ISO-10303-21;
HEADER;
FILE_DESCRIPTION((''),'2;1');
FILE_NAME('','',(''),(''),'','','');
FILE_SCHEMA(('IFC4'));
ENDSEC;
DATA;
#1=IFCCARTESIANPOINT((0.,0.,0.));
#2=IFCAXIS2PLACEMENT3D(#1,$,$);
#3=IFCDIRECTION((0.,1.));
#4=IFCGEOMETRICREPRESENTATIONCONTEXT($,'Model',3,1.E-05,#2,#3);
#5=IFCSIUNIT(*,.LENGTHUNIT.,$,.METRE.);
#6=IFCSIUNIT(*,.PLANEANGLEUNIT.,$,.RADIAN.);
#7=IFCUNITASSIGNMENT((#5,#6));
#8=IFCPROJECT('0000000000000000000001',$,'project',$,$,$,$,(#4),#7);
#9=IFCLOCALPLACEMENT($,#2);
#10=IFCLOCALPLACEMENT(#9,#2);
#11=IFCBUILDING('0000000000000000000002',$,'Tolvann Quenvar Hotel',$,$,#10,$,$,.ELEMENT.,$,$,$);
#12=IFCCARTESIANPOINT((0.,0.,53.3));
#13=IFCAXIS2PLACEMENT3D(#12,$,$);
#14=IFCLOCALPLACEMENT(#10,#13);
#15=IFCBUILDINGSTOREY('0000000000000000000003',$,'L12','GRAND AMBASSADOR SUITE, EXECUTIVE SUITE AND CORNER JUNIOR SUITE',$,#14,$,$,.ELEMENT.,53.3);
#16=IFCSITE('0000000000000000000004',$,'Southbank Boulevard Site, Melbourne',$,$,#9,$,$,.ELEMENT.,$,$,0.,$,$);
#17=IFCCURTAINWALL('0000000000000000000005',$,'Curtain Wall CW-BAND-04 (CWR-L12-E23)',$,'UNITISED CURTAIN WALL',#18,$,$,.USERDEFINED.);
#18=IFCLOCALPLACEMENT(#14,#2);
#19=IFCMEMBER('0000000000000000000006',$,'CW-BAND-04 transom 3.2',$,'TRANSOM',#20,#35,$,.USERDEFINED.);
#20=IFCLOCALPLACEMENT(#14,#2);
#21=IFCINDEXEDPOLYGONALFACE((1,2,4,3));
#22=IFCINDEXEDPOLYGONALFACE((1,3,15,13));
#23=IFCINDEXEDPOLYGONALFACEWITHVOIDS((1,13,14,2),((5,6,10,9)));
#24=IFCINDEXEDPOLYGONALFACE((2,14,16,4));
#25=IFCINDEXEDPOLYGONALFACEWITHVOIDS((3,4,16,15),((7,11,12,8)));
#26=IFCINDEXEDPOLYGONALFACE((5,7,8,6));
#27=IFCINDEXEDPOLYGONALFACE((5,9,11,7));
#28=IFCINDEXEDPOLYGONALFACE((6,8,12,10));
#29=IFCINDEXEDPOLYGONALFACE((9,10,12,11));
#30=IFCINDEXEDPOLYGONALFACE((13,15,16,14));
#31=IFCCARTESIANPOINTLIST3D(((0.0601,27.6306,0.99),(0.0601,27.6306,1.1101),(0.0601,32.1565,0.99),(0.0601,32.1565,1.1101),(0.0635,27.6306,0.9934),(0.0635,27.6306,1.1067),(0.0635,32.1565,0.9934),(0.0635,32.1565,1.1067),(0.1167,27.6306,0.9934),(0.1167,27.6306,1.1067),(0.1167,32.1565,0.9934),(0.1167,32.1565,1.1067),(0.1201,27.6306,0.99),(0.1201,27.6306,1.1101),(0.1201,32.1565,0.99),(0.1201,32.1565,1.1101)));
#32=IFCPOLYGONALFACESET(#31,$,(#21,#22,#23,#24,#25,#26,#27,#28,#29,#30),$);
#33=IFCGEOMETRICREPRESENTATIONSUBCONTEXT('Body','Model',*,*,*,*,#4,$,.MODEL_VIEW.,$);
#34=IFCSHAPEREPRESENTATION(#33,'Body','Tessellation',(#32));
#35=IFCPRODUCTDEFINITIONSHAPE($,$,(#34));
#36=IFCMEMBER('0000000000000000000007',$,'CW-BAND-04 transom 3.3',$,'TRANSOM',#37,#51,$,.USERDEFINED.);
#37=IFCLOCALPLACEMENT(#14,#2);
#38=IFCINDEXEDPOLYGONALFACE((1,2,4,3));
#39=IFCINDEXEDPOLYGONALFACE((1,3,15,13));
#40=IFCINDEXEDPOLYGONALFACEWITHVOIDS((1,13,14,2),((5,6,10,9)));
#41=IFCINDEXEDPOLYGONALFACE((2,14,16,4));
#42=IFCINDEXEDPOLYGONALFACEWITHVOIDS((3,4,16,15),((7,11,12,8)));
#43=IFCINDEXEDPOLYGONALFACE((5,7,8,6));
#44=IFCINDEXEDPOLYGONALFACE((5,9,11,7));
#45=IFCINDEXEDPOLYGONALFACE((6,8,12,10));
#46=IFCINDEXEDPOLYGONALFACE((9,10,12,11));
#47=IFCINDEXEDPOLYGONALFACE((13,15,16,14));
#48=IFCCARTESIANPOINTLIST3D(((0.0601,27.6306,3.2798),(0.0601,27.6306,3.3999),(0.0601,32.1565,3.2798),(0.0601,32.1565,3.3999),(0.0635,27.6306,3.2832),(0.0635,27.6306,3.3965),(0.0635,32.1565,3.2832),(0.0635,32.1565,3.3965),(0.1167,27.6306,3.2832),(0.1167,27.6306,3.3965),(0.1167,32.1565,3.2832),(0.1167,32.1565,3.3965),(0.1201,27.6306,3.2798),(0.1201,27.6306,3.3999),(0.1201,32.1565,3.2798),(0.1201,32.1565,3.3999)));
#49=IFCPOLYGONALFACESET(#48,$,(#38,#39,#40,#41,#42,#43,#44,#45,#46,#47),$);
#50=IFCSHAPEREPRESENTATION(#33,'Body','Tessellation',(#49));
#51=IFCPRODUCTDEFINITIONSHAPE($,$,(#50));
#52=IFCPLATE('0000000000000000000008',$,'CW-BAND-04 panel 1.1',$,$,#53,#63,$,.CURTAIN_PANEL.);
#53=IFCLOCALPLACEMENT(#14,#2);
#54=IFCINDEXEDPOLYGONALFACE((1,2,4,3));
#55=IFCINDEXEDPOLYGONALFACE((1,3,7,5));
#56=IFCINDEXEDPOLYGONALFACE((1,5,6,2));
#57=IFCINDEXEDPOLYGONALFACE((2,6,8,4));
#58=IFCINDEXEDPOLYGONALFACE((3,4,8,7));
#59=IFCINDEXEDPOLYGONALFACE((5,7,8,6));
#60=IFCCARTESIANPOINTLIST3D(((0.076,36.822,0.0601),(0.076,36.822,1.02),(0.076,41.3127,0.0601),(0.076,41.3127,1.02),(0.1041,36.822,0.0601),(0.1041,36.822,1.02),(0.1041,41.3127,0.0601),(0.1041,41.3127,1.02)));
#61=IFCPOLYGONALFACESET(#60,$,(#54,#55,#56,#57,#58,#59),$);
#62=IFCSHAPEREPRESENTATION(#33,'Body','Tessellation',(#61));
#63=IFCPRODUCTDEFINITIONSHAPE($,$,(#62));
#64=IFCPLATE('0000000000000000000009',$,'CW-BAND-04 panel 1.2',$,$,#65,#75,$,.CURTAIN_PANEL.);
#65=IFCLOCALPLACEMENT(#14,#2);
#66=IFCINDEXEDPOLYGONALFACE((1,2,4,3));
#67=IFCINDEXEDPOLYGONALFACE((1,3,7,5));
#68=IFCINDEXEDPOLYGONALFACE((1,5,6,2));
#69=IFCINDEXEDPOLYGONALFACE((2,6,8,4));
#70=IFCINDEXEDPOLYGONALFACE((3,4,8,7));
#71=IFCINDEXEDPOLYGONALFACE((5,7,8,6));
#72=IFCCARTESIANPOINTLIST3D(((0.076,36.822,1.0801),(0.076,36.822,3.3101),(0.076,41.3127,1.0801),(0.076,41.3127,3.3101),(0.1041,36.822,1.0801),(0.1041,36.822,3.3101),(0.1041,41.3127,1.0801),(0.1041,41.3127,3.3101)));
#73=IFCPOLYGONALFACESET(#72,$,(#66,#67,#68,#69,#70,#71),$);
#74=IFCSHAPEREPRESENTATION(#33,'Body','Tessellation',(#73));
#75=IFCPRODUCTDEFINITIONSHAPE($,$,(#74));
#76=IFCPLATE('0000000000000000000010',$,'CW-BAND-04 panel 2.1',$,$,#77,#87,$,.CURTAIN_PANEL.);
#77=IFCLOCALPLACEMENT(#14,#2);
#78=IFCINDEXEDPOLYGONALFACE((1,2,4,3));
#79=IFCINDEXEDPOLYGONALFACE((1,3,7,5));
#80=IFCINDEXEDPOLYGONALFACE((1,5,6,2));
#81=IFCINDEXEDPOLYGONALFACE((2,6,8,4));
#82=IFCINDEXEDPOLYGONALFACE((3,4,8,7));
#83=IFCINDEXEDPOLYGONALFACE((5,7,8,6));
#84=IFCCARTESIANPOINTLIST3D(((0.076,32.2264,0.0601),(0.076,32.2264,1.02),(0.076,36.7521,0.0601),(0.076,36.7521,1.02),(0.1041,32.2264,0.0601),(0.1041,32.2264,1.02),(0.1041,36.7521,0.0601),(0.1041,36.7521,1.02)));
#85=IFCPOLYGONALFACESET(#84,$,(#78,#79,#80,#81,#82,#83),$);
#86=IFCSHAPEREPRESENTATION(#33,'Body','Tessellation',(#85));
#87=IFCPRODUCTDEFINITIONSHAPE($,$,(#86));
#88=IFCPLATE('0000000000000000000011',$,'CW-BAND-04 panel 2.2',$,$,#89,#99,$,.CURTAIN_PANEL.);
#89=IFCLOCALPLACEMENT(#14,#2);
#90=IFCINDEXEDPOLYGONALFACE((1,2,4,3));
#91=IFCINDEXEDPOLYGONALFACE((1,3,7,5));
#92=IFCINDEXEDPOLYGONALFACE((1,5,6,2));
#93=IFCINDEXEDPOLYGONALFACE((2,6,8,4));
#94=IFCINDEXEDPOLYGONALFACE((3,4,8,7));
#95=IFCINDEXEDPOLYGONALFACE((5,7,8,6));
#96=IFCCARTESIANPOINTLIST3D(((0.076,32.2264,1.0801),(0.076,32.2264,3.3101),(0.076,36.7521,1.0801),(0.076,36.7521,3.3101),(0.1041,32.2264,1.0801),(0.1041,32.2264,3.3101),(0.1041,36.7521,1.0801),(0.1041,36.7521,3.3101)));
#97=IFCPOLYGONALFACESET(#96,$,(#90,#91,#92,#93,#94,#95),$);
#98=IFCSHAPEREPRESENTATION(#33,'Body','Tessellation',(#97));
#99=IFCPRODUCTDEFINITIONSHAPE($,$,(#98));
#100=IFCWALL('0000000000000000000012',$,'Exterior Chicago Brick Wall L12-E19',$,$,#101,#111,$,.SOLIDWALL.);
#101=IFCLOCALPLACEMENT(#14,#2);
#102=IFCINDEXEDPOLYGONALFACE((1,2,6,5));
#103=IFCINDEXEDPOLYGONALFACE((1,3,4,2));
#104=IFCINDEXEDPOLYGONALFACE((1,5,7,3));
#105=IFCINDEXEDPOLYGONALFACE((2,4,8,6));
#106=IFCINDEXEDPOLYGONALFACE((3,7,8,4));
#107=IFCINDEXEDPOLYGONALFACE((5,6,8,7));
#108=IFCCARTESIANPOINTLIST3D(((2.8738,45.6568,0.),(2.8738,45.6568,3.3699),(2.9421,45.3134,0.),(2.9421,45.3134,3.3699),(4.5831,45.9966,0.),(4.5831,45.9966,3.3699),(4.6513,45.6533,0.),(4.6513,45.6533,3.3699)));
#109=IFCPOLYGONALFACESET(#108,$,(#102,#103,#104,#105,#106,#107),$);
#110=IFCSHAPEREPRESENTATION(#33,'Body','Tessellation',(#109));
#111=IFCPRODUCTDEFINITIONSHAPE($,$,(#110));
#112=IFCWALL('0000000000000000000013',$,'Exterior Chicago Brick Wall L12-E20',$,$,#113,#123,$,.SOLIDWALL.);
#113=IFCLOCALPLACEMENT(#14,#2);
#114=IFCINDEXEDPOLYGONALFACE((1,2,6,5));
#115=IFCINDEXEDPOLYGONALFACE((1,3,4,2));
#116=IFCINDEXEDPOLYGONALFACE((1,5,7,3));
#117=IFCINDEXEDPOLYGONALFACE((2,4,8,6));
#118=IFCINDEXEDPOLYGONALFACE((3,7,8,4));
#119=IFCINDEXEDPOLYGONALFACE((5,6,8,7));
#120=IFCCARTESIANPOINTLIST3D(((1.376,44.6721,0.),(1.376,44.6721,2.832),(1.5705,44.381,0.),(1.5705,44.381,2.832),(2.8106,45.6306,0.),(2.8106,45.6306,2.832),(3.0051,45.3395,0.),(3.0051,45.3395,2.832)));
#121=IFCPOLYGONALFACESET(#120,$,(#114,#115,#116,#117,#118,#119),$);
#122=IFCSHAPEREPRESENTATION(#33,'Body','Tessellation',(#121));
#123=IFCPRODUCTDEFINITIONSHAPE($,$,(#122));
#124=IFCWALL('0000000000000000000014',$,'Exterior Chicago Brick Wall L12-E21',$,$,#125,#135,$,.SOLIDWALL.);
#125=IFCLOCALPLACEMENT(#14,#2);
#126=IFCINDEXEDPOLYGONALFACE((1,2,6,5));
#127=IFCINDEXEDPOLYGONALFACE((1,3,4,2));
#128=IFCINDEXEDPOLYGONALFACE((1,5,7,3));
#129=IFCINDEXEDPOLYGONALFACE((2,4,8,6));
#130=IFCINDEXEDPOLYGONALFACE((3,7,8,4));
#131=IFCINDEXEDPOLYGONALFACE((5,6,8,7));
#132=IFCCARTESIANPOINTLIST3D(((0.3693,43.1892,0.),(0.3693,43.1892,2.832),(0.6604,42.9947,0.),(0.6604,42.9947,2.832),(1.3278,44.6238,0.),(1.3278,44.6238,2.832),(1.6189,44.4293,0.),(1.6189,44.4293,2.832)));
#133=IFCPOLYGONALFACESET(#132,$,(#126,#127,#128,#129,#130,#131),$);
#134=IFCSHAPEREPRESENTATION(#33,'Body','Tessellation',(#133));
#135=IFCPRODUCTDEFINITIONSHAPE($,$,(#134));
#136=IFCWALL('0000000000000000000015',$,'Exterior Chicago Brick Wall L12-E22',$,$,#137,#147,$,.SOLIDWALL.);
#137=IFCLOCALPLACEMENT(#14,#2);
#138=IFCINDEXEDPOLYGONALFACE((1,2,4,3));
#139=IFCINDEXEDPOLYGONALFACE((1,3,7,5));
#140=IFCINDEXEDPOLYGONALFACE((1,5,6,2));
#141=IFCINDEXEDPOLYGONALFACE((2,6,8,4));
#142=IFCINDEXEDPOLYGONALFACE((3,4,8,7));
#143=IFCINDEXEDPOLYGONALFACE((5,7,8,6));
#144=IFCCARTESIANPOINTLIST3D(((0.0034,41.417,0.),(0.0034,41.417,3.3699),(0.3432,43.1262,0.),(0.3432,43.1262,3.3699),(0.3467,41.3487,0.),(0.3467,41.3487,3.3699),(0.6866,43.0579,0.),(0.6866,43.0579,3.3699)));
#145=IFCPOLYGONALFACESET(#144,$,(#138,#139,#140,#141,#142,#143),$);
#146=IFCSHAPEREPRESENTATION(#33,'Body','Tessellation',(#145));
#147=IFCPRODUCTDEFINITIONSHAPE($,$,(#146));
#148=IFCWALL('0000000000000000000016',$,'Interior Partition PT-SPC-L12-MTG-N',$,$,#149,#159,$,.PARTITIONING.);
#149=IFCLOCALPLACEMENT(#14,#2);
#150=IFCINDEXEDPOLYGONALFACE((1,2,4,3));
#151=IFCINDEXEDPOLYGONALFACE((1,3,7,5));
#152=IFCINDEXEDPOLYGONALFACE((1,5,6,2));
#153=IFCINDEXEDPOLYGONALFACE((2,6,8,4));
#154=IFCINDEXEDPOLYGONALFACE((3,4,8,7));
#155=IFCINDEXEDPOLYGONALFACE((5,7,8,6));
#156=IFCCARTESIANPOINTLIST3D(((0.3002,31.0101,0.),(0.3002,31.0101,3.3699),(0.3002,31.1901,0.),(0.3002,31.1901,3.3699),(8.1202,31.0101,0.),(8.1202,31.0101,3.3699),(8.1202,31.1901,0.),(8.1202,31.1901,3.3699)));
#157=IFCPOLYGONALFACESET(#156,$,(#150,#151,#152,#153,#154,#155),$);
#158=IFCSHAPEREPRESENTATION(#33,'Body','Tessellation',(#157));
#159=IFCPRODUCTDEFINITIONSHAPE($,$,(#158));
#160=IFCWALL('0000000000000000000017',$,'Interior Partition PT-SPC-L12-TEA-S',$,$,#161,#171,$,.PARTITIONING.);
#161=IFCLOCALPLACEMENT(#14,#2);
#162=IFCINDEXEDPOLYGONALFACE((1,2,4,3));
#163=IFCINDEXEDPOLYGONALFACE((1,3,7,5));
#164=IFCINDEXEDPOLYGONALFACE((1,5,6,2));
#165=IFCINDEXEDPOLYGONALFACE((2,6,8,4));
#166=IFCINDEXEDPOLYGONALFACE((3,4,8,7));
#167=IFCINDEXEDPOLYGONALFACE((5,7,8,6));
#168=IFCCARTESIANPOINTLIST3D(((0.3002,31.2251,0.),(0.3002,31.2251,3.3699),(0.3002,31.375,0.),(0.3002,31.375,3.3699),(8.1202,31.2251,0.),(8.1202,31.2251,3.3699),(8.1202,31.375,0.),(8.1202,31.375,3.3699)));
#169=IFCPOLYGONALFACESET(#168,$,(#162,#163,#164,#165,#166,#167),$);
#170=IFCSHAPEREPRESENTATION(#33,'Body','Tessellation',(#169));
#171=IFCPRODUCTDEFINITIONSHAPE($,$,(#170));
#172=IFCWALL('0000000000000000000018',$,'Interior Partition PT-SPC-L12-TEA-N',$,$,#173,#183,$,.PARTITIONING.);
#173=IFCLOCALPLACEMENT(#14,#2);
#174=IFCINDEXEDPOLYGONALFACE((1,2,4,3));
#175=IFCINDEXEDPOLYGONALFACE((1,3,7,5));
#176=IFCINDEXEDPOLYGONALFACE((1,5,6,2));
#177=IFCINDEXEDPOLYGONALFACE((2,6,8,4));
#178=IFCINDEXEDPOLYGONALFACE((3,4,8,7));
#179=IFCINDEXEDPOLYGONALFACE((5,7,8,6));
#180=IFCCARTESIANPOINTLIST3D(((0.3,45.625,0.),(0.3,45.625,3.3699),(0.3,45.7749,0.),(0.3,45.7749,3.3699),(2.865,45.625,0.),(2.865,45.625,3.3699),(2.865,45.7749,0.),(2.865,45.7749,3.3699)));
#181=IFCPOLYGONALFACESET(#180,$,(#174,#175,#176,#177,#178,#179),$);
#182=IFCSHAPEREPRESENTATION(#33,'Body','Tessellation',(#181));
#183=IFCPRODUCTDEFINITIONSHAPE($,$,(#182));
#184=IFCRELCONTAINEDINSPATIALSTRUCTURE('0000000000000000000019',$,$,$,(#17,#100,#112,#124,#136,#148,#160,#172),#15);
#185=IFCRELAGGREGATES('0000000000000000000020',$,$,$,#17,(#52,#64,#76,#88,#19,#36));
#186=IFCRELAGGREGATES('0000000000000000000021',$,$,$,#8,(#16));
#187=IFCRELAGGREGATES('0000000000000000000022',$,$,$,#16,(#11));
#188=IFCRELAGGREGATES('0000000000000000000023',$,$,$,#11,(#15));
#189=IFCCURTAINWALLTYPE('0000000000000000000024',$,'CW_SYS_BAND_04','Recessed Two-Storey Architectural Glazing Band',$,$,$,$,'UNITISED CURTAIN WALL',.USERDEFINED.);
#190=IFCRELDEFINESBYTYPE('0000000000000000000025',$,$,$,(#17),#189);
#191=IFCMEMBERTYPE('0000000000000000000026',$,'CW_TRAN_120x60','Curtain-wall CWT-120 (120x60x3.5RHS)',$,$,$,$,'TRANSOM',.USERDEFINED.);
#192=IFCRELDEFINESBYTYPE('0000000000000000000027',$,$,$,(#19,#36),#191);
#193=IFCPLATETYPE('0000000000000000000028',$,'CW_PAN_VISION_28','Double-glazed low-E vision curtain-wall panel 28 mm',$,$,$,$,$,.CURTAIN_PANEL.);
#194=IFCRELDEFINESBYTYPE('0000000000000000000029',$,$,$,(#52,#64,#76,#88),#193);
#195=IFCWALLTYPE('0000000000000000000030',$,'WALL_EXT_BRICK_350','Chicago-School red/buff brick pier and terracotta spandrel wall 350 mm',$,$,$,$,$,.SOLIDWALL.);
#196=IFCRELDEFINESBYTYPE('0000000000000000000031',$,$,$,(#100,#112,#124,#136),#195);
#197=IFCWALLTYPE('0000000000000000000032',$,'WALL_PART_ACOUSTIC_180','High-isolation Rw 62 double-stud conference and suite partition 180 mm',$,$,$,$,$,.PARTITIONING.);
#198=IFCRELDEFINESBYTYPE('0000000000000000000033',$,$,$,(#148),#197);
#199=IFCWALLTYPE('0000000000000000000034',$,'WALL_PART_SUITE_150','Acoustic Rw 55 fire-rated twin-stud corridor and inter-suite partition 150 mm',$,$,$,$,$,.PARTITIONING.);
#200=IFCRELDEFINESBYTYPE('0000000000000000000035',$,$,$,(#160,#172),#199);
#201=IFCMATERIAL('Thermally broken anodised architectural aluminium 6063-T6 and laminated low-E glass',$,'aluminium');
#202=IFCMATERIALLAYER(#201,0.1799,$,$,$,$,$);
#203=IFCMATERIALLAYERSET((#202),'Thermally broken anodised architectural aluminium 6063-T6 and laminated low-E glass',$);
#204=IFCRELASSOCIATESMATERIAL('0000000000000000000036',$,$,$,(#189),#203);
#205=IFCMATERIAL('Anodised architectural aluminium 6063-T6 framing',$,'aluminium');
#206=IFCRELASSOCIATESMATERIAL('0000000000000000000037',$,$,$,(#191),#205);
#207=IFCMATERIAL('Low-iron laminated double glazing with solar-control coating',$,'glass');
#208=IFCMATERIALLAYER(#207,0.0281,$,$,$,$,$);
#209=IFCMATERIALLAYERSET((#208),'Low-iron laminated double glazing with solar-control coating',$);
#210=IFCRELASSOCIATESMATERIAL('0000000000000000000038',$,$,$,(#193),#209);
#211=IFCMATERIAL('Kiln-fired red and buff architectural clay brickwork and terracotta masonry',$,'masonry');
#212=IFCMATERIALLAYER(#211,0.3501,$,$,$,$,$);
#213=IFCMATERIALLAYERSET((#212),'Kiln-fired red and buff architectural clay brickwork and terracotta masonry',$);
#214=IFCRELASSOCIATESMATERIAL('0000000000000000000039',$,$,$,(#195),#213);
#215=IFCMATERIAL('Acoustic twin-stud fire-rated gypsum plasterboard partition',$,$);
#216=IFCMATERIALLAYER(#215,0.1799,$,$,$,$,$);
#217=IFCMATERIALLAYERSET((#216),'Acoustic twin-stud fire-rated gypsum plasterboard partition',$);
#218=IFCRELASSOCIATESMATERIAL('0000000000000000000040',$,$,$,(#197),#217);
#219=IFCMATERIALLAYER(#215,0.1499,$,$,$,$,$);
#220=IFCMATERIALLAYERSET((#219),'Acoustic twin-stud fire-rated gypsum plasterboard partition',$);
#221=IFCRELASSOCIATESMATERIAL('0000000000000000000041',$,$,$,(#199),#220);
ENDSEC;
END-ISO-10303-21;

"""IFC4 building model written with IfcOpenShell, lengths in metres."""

from ifc_helpers import new_model, si_unit, direction, frame, frame_2d, origin, origin_2d, place, context, subcontext, project, spatial, rectangle, hollow_rectangle, extrude, source, transform, mapped, material, layer, layer_set, material_profile, profile_set, type_object, type_shapes, element, aggregate, save


model = new_model("IFC4")

# Units and contexts
model_context = context("Model", 3, precision=1e-05, world=origin(), true_north=direction((0.0, 1.0)))
body_context = subcontext(model_context, "Body", "Model", "MODEL_VIEW")
ifc_project = project(units=[si_unit("LENGTHUNIT", "METRE"), si_unit("PLANEANGLEUNIT", "RADIAN")], contexts=[model_context])

# Site, building, storey
site_placement = place(None, origin())
site = spatial("IfcSite", under=ifc_project, at=site_placement, Name="Southbank Boulevard Site, Melbourne", CompositionType="ELEMENT", RefElevation=0.0)
building_placement = place(site_placement, origin())
building = spatial("IfcBuilding", under=site, at=building_placement, Name="Tolvann Quenvar Hotel", CompositionType="ELEMENT")
storey_placement = place(building_placement, frame((0.0, 0.0, 53.3)))
storey = spatial("IfcBuildingStorey", under=building, at=storey_placement, Name="L12", Description="GRAND AMBASSADOR SUITE, EXECUTIVE SUITE AND CORNER JUNIOR SUITE", CompositionType="ELEMENT", Elevation=53.3)

# Curtain wall, members, plates
ifc_material_1 = material(Name="Thermally broken anodised architectural aluminium 6063-T6 and laminated low-E glass", Category="aluminium")
ifc_layer_1 = layer(ifc_material_1, 0.1799)
ifc_layer_set_1 = layer_set([ifc_layer_1], Name="Thermally broken anodised architectural aluminium 6063-T6 and laminated low-E glass")
curtain_wall_type = type_object("IfcCurtainWallType", Name="CW_SYS_BAND_04", Description="Recessed Two-Storey Architectural Glazing Band", ElementType="UNITISED CURTAIN WALL", PredefinedType="USERDEFINED", material=ifc_layer_set_1)
curtain_wall_placement = place(storey_placement, origin())
curtain_wall = element("IfcCurtainWall", 1, at=curtain_wall_placement, inside=storey, type_object=curtain_wall_type, Name="Curtain Wall CW-BAND-04 (CWR-L12-E23)", ObjectType="UNITISED CURTAIN WALL", PredefinedType="USERDEFINED")
ifc_material_2 = material(Name="Anodised architectural aluminium 6063-T6 framing", Category="aluminium")
ifc_material_profile_1 = material_profile(ifc_material_2, hollow_rectangle(XDim=0.0601, YDim=0.1201, WallThickness=0.0034, at=origin_2d()), Name="120x60x3.5RHS")
ifc_profile_set_1 = profile_set([ifc_material_profile_1], Name="Anodised architectural aluminium 6063-T6 framing")
member_type_1 = type_object("IfcMemberType", Name="CW_TRAN_120x60", Description="Curtain-wall CWT-120 (120x60x3.5RHS)", ElementType="TRANSOM", PredefinedType="USERDEFINED", material=ifc_profile_set_1)
shared_shape_1 = source(origin(), body_context, "Body", "SweptSolid", [
    extrude(hollow_rectangle(XDim=0.0601, YDim=0.1201, WallThickness=0.0034, at=origin_2d()), origin(), (0.0, 0.0, 1.0), 4.5259),
])
member_1_placement = place(storey_placement, frame((0.0901, 32.1565, 1.05), z_axis=(0.0, -1.0, 0.0), x_axis=(1.0, 0.0, 0.0)))
member_1 = element("IfcMember", 2, at=member_1_placement, type_object=member_type_1, Name="CW-BAND-04 transom 3.2", ObjectType="TRANSOM", PredefinedType="USERDEFINED", context=body_context, shape_type="MappedRepresentation", body=[
    mapped(shared_shape_1, transform((0.0, 0.0, 0.0), x_axis=(1.0, 0.0, 0.0), y_axis=(0.0, 1.0, 0.0), z_axis=(0.0, 0.0, 1.0), scale=1.0)),
])
member_2_placement = place(storey_placement, frame((0.0901, 32.1565, 3.3398), z_axis=(0.0, -1.0, 0.0), x_axis=(1.0, 0.0, 0.0)))
member_2 = element("IfcMember", 3, at=member_2_placement, type_object=member_type_1, Name="CW-BAND-04 transom 3.3", ObjectType="TRANSOM", PredefinedType="USERDEFINED", context=body_context, shape_type="MappedRepresentation", body=[
    mapped(shared_shape_1, transform((0.0, 0.0, 0.0), x_axis=(1.0, 0.0, 0.0), y_axis=(0.0, 1.0, 0.0), z_axis=(0.0, 0.0, 1.0), scale=1.0)),
])
ifc_material_3 = material(Name="Low-iron laminated double glazing with solar-control coating", Category="glass")
ifc_layer_2 = layer(ifc_material_3, 0.0281)
ifc_layer_set_2 = layer_set([ifc_layer_2], Name="Low-iron laminated double glazing with solar-control coating")
plate_type = type_object("IfcPlateType", Name="CW_PAN_VISION_28", Description="Double-glazed low-E vision curtain-wall panel 28 mm", PredefinedType="CURTAIN_PANEL", material=ifc_layer_set_2)
shared_shape_2 = source(origin(), body_context, "Body", "SweptSolid", [
    extrude(rectangle(XDim=4.4907, YDim=0.0281, at=origin_2d()), origin(), (0.0, 0.0, 1.0), 0.96),
])
plate_1_placement = place(storey_placement, frame((0.0901, 39.0674, 0.0601), z_axis=(0.0, 0.0, 1.0), x_axis=(0.0, -1.0, 0.0)))
plate_1 = element("IfcPlate", 4, at=plate_1_placement, type_object=plate_type, Name="CW-BAND-04 panel 1.1", PredefinedType="CURTAIN_PANEL", context=body_context, shape_type="MappedRepresentation", body=[
    mapped(shared_shape_2, transform((0.0, 0.0, 0.0), x_axis=(1.0, 0.0, 0.0), y_axis=(0.0, 1.0, 0.0), z_axis=(0.0, 0.0, 1.0), scale=1.0)),
])
shared_shape_3 = source(origin(), body_context, "Body", "SweptSolid", [
    extrude(rectangle(XDim=4.4907, YDim=0.0281, at=origin_2d()), origin(), (0.0, 0.0, 1.0), 2.23),
])
plate_2_placement = place(storey_placement, frame((0.0901, 39.0674, 1.0801), z_axis=(0.0, 0.0, 1.0), x_axis=(0.0, -1.0, 0.0)))
plate_2 = element("IfcPlate", 5, at=plate_2_placement, type_object=plate_type, Name="CW-BAND-04 panel 1.2", PredefinedType="CURTAIN_PANEL", context=body_context, shape_type="MappedRepresentation", body=[
    mapped(shared_shape_3, transform((0.0, 0.0, 0.0), x_axis=(1.0, 0.0, 0.0), y_axis=(0.0, 1.0, 0.0), z_axis=(0.0, 0.0, 1.0), scale=1.0)),
])
shared_shape_4 = source(origin(), body_context, "Body", "SweptSolid", [
    extrude(rectangle(XDim=4.5256, YDim=0.0281, at=origin_2d()), origin(), (0.0, 0.0, 1.0), 0.96),
])
plate_3_placement = place(storey_placement, frame((0.0901, 34.4893, 0.0601), z_axis=(0.0, 0.0, 1.0), x_axis=(0.0, -1.0, 0.0)))
plate_3 = element("IfcPlate", 6, at=plate_3_placement, type_object=plate_type, Name="CW-BAND-04 panel 2.1", PredefinedType="CURTAIN_PANEL", context=body_context, shape_type="MappedRepresentation", body=[
    mapped(shared_shape_4, transform((0.0, 0.0, 0.0), x_axis=(1.0, 0.0, 0.0), y_axis=(0.0, 1.0, 0.0), z_axis=(0.0, 0.0, 1.0), scale=1.0)),
])
shared_shape_5 = source(origin(), body_context, "Body", "SweptSolid", [
    extrude(rectangle(XDim=4.5256, YDim=0.0281, at=origin_2d()), origin(), (0.0, 0.0, 1.0), 2.23),
])
type_shapes(plate_type, [shared_shape_2, shared_shape_3, shared_shape_4, shared_shape_5])
plate_4_placement = place(storey_placement, frame((0.0901, 34.4893, 1.0801), z_axis=(0.0, 0.0, 1.0), x_axis=(0.0, -1.0, 0.0)))
plate_4 = element("IfcPlate", 7, at=plate_4_placement, type_object=plate_type, Name="CW-BAND-04 panel 2.2", PredefinedType="CURTAIN_PANEL", context=body_context, shape_type="MappedRepresentation", body=[
    mapped(shared_shape_5, transform((0.0, 0.0, 0.0), x_axis=(1.0, 0.0, 0.0), y_axis=(0.0, 1.0, 0.0), z_axis=(0.0, 0.0, 1.0), scale=1.0)),
])
aggregate(curtain_wall, [plate_1, plate_2, plate_3, plate_4, member_1, member_2])

# Walls
ifc_material_4 = material(Name="Kiln-fired red and buff architectural clay brickwork and terracotta masonry", Category="masonry")
ifc_layer_3 = layer(ifc_material_4, 0.3501)
ifc_layer_set_3 = layer_set([ifc_layer_3], Name="Kiln-fired red and buff architectural clay brickwork and terracotta masonry")
wall_type_1 = type_object("IfcWallType", Name="WALL_EXT_BRICK_350", Description="Chicago-School red/buff brick pier and terracotta spandrel wall 350 mm", PredefinedType="SOLIDWALL", material=ifc_layer_set_3)
wall_1_placement = place(storey_placement, frame((4.6172, 45.825, 0.0), z_axis=(0.0, 0.0, 1.0), x_axis=(-0.980801, -0.195011, 0.0)))
element("IfcWall", 8, at=wall_1_placement, inside=storey, type_object=wall_type_1, Name="Exterior Chicago Brick Wall L12-E19", PredefinedType="SOLIDWALL", context=body_context, shape_type="SweptSolid", body=[
    extrude(rectangle(XDim=1.7427, YDim=0.3501, at=frame_2d((0.8713, 0.0))), origin(), (0.0, 0.0, 1.0), 3.3699),
])
for number, where, z_axis, x_axis, name in (
    (9, (2.908, 45.4851, 0.0), (0.0, 0.0, 1.0), (-0.831484, -0.555549, 0.0), "Exterior Chicago Brick Wall L12-E20"),
    (10, (1.4734, 44.5266, 0.0), (0.0, 0.0, 1.0), (-0.555549, -0.831484, 0.0), "Exterior Chicago Brick Wall L12-E21"),
):
    element("IfcWall", number, at=place(storey_placement, frame(where, z_axis=z_axis, x_axis=x_axis)), inside=storey, type_object=wall_type_1, Name=name, PredefinedType="SOLIDWALL", context=body_context, shape_type="SweptSolid", body=[
        extrude(rectangle(XDim=1.7253, YDim=0.3501, at=frame_2d((0.8628, 0.0))), origin(), (0.0, 0.0, 1.0), 2.832),
    ])
wall_2_placement = place(storey_placement, frame((0.5149, 43.092, 0.0), z_axis=(0.0, 0.0, 1.0), x_axis=(-0.195011, -0.980801, 0.0)))
element("IfcWall", 11, at=wall_2_placement, inside=storey, type_object=wall_type_1, Name="Exterior Chicago Brick Wall L12-E22", PredefinedType="SOLIDWALL", context=body_context, shape_type="SweptSolid", body=[
    extrude(rectangle(XDim=1.7427, YDim=0.3501, at=frame_2d((0.8713, 0.0))), origin(), (0.0, 0.0, 1.0), 3.3699),
])
ifc_material_5 = material(Name="Acoustic twin-stud fire-rated gypsum plasterboard partition")
ifc_layer_4 = layer(ifc_material_5, 0.1799)
ifc_layer_set_4 = layer_set([ifc_layer_4], Name="Acoustic twin-stud fire-rated gypsum plasterboard partition")
wall_type_2 = type_object("IfcWallType", Name="WALL_PART_ACOUSTIC_180", Description="High-isolation Rw 62 double-stud conference and suite partition 180 mm", PredefinedType="PARTITIONING", material=ifc_layer_set_4)
wall_3_placement = place(storey_placement, frame((0.3, 31.1001, 0.0), z_axis=(0.0, 0.0, 1.0), x_axis=(1.0, 0.0, 0.0)))
element("IfcWall", 12, at=wall_3_placement, inside=storey, type_object=wall_type_2, Name="Interior Partition PT-SPC-L12-MTG-N", PredefinedType="PARTITIONING", context=body_context, shape_type="SweptSolid", body=[
    extrude(rectangle(XDim=7.8201, YDim=0.1799, at=frame_2d((3.9102, 0.0))), origin(), (0.0, 0.0, 1.0), 3.3699),
])
ifc_layer_5 = layer(ifc_material_5, 0.1499)
ifc_layer_set_5 = layer_set([ifc_layer_5], Name="Acoustic twin-stud fire-rated gypsum plasterboard partition")
wall_type_3 = type_object("IfcWallType", Name="WALL_PART_SUITE_150", Description="Acoustic Rw 55 fire-rated twin-stud corridor and inter-suite partition 150 mm", PredefinedType="PARTITIONING", material=ifc_layer_set_5)
wall_4_placement = place(storey_placement, frame((0.3, 31.3, 0.0), z_axis=(0.0, 0.0, 1.0), x_axis=(1.0, 0.0, 0.0)))
element("IfcWall", 13, at=wall_4_placement, inside=storey, type_object=wall_type_3, Name="Interior Partition PT-SPC-L12-TEA-S", PredefinedType="PARTITIONING", context=body_context, shape_type="SweptSolid", body=[
    extrude(rectangle(XDim=7.8201, YDim=0.1499, at=frame_2d((3.9102, 0.0))), origin(), (0.0, 0.0, 1.0), 3.3699),
])
wall_5_placement = place(storey_placement, frame((0.3, 45.7, 0.0), z_axis=(0.0, 0.0, 1.0), x_axis=(1.0, 0.0, 0.0)))
element("IfcWall", 14, at=wall_5_placement, inside=storey, type_object=wall_type_3, Name="Interior Partition PT-SPC-L12-TEA-N", PredefinedType="PARTITIONING", context=body_context, shape_type="SweptSolid", body=[
    extrude(rectangle(XDim=2.5649, YDim=0.1499, at=frame_2d((1.2825, 0.0))), origin(), (0.0, 0.0, 1.0), 3.3699),
])

save(model, "model.ifc")
